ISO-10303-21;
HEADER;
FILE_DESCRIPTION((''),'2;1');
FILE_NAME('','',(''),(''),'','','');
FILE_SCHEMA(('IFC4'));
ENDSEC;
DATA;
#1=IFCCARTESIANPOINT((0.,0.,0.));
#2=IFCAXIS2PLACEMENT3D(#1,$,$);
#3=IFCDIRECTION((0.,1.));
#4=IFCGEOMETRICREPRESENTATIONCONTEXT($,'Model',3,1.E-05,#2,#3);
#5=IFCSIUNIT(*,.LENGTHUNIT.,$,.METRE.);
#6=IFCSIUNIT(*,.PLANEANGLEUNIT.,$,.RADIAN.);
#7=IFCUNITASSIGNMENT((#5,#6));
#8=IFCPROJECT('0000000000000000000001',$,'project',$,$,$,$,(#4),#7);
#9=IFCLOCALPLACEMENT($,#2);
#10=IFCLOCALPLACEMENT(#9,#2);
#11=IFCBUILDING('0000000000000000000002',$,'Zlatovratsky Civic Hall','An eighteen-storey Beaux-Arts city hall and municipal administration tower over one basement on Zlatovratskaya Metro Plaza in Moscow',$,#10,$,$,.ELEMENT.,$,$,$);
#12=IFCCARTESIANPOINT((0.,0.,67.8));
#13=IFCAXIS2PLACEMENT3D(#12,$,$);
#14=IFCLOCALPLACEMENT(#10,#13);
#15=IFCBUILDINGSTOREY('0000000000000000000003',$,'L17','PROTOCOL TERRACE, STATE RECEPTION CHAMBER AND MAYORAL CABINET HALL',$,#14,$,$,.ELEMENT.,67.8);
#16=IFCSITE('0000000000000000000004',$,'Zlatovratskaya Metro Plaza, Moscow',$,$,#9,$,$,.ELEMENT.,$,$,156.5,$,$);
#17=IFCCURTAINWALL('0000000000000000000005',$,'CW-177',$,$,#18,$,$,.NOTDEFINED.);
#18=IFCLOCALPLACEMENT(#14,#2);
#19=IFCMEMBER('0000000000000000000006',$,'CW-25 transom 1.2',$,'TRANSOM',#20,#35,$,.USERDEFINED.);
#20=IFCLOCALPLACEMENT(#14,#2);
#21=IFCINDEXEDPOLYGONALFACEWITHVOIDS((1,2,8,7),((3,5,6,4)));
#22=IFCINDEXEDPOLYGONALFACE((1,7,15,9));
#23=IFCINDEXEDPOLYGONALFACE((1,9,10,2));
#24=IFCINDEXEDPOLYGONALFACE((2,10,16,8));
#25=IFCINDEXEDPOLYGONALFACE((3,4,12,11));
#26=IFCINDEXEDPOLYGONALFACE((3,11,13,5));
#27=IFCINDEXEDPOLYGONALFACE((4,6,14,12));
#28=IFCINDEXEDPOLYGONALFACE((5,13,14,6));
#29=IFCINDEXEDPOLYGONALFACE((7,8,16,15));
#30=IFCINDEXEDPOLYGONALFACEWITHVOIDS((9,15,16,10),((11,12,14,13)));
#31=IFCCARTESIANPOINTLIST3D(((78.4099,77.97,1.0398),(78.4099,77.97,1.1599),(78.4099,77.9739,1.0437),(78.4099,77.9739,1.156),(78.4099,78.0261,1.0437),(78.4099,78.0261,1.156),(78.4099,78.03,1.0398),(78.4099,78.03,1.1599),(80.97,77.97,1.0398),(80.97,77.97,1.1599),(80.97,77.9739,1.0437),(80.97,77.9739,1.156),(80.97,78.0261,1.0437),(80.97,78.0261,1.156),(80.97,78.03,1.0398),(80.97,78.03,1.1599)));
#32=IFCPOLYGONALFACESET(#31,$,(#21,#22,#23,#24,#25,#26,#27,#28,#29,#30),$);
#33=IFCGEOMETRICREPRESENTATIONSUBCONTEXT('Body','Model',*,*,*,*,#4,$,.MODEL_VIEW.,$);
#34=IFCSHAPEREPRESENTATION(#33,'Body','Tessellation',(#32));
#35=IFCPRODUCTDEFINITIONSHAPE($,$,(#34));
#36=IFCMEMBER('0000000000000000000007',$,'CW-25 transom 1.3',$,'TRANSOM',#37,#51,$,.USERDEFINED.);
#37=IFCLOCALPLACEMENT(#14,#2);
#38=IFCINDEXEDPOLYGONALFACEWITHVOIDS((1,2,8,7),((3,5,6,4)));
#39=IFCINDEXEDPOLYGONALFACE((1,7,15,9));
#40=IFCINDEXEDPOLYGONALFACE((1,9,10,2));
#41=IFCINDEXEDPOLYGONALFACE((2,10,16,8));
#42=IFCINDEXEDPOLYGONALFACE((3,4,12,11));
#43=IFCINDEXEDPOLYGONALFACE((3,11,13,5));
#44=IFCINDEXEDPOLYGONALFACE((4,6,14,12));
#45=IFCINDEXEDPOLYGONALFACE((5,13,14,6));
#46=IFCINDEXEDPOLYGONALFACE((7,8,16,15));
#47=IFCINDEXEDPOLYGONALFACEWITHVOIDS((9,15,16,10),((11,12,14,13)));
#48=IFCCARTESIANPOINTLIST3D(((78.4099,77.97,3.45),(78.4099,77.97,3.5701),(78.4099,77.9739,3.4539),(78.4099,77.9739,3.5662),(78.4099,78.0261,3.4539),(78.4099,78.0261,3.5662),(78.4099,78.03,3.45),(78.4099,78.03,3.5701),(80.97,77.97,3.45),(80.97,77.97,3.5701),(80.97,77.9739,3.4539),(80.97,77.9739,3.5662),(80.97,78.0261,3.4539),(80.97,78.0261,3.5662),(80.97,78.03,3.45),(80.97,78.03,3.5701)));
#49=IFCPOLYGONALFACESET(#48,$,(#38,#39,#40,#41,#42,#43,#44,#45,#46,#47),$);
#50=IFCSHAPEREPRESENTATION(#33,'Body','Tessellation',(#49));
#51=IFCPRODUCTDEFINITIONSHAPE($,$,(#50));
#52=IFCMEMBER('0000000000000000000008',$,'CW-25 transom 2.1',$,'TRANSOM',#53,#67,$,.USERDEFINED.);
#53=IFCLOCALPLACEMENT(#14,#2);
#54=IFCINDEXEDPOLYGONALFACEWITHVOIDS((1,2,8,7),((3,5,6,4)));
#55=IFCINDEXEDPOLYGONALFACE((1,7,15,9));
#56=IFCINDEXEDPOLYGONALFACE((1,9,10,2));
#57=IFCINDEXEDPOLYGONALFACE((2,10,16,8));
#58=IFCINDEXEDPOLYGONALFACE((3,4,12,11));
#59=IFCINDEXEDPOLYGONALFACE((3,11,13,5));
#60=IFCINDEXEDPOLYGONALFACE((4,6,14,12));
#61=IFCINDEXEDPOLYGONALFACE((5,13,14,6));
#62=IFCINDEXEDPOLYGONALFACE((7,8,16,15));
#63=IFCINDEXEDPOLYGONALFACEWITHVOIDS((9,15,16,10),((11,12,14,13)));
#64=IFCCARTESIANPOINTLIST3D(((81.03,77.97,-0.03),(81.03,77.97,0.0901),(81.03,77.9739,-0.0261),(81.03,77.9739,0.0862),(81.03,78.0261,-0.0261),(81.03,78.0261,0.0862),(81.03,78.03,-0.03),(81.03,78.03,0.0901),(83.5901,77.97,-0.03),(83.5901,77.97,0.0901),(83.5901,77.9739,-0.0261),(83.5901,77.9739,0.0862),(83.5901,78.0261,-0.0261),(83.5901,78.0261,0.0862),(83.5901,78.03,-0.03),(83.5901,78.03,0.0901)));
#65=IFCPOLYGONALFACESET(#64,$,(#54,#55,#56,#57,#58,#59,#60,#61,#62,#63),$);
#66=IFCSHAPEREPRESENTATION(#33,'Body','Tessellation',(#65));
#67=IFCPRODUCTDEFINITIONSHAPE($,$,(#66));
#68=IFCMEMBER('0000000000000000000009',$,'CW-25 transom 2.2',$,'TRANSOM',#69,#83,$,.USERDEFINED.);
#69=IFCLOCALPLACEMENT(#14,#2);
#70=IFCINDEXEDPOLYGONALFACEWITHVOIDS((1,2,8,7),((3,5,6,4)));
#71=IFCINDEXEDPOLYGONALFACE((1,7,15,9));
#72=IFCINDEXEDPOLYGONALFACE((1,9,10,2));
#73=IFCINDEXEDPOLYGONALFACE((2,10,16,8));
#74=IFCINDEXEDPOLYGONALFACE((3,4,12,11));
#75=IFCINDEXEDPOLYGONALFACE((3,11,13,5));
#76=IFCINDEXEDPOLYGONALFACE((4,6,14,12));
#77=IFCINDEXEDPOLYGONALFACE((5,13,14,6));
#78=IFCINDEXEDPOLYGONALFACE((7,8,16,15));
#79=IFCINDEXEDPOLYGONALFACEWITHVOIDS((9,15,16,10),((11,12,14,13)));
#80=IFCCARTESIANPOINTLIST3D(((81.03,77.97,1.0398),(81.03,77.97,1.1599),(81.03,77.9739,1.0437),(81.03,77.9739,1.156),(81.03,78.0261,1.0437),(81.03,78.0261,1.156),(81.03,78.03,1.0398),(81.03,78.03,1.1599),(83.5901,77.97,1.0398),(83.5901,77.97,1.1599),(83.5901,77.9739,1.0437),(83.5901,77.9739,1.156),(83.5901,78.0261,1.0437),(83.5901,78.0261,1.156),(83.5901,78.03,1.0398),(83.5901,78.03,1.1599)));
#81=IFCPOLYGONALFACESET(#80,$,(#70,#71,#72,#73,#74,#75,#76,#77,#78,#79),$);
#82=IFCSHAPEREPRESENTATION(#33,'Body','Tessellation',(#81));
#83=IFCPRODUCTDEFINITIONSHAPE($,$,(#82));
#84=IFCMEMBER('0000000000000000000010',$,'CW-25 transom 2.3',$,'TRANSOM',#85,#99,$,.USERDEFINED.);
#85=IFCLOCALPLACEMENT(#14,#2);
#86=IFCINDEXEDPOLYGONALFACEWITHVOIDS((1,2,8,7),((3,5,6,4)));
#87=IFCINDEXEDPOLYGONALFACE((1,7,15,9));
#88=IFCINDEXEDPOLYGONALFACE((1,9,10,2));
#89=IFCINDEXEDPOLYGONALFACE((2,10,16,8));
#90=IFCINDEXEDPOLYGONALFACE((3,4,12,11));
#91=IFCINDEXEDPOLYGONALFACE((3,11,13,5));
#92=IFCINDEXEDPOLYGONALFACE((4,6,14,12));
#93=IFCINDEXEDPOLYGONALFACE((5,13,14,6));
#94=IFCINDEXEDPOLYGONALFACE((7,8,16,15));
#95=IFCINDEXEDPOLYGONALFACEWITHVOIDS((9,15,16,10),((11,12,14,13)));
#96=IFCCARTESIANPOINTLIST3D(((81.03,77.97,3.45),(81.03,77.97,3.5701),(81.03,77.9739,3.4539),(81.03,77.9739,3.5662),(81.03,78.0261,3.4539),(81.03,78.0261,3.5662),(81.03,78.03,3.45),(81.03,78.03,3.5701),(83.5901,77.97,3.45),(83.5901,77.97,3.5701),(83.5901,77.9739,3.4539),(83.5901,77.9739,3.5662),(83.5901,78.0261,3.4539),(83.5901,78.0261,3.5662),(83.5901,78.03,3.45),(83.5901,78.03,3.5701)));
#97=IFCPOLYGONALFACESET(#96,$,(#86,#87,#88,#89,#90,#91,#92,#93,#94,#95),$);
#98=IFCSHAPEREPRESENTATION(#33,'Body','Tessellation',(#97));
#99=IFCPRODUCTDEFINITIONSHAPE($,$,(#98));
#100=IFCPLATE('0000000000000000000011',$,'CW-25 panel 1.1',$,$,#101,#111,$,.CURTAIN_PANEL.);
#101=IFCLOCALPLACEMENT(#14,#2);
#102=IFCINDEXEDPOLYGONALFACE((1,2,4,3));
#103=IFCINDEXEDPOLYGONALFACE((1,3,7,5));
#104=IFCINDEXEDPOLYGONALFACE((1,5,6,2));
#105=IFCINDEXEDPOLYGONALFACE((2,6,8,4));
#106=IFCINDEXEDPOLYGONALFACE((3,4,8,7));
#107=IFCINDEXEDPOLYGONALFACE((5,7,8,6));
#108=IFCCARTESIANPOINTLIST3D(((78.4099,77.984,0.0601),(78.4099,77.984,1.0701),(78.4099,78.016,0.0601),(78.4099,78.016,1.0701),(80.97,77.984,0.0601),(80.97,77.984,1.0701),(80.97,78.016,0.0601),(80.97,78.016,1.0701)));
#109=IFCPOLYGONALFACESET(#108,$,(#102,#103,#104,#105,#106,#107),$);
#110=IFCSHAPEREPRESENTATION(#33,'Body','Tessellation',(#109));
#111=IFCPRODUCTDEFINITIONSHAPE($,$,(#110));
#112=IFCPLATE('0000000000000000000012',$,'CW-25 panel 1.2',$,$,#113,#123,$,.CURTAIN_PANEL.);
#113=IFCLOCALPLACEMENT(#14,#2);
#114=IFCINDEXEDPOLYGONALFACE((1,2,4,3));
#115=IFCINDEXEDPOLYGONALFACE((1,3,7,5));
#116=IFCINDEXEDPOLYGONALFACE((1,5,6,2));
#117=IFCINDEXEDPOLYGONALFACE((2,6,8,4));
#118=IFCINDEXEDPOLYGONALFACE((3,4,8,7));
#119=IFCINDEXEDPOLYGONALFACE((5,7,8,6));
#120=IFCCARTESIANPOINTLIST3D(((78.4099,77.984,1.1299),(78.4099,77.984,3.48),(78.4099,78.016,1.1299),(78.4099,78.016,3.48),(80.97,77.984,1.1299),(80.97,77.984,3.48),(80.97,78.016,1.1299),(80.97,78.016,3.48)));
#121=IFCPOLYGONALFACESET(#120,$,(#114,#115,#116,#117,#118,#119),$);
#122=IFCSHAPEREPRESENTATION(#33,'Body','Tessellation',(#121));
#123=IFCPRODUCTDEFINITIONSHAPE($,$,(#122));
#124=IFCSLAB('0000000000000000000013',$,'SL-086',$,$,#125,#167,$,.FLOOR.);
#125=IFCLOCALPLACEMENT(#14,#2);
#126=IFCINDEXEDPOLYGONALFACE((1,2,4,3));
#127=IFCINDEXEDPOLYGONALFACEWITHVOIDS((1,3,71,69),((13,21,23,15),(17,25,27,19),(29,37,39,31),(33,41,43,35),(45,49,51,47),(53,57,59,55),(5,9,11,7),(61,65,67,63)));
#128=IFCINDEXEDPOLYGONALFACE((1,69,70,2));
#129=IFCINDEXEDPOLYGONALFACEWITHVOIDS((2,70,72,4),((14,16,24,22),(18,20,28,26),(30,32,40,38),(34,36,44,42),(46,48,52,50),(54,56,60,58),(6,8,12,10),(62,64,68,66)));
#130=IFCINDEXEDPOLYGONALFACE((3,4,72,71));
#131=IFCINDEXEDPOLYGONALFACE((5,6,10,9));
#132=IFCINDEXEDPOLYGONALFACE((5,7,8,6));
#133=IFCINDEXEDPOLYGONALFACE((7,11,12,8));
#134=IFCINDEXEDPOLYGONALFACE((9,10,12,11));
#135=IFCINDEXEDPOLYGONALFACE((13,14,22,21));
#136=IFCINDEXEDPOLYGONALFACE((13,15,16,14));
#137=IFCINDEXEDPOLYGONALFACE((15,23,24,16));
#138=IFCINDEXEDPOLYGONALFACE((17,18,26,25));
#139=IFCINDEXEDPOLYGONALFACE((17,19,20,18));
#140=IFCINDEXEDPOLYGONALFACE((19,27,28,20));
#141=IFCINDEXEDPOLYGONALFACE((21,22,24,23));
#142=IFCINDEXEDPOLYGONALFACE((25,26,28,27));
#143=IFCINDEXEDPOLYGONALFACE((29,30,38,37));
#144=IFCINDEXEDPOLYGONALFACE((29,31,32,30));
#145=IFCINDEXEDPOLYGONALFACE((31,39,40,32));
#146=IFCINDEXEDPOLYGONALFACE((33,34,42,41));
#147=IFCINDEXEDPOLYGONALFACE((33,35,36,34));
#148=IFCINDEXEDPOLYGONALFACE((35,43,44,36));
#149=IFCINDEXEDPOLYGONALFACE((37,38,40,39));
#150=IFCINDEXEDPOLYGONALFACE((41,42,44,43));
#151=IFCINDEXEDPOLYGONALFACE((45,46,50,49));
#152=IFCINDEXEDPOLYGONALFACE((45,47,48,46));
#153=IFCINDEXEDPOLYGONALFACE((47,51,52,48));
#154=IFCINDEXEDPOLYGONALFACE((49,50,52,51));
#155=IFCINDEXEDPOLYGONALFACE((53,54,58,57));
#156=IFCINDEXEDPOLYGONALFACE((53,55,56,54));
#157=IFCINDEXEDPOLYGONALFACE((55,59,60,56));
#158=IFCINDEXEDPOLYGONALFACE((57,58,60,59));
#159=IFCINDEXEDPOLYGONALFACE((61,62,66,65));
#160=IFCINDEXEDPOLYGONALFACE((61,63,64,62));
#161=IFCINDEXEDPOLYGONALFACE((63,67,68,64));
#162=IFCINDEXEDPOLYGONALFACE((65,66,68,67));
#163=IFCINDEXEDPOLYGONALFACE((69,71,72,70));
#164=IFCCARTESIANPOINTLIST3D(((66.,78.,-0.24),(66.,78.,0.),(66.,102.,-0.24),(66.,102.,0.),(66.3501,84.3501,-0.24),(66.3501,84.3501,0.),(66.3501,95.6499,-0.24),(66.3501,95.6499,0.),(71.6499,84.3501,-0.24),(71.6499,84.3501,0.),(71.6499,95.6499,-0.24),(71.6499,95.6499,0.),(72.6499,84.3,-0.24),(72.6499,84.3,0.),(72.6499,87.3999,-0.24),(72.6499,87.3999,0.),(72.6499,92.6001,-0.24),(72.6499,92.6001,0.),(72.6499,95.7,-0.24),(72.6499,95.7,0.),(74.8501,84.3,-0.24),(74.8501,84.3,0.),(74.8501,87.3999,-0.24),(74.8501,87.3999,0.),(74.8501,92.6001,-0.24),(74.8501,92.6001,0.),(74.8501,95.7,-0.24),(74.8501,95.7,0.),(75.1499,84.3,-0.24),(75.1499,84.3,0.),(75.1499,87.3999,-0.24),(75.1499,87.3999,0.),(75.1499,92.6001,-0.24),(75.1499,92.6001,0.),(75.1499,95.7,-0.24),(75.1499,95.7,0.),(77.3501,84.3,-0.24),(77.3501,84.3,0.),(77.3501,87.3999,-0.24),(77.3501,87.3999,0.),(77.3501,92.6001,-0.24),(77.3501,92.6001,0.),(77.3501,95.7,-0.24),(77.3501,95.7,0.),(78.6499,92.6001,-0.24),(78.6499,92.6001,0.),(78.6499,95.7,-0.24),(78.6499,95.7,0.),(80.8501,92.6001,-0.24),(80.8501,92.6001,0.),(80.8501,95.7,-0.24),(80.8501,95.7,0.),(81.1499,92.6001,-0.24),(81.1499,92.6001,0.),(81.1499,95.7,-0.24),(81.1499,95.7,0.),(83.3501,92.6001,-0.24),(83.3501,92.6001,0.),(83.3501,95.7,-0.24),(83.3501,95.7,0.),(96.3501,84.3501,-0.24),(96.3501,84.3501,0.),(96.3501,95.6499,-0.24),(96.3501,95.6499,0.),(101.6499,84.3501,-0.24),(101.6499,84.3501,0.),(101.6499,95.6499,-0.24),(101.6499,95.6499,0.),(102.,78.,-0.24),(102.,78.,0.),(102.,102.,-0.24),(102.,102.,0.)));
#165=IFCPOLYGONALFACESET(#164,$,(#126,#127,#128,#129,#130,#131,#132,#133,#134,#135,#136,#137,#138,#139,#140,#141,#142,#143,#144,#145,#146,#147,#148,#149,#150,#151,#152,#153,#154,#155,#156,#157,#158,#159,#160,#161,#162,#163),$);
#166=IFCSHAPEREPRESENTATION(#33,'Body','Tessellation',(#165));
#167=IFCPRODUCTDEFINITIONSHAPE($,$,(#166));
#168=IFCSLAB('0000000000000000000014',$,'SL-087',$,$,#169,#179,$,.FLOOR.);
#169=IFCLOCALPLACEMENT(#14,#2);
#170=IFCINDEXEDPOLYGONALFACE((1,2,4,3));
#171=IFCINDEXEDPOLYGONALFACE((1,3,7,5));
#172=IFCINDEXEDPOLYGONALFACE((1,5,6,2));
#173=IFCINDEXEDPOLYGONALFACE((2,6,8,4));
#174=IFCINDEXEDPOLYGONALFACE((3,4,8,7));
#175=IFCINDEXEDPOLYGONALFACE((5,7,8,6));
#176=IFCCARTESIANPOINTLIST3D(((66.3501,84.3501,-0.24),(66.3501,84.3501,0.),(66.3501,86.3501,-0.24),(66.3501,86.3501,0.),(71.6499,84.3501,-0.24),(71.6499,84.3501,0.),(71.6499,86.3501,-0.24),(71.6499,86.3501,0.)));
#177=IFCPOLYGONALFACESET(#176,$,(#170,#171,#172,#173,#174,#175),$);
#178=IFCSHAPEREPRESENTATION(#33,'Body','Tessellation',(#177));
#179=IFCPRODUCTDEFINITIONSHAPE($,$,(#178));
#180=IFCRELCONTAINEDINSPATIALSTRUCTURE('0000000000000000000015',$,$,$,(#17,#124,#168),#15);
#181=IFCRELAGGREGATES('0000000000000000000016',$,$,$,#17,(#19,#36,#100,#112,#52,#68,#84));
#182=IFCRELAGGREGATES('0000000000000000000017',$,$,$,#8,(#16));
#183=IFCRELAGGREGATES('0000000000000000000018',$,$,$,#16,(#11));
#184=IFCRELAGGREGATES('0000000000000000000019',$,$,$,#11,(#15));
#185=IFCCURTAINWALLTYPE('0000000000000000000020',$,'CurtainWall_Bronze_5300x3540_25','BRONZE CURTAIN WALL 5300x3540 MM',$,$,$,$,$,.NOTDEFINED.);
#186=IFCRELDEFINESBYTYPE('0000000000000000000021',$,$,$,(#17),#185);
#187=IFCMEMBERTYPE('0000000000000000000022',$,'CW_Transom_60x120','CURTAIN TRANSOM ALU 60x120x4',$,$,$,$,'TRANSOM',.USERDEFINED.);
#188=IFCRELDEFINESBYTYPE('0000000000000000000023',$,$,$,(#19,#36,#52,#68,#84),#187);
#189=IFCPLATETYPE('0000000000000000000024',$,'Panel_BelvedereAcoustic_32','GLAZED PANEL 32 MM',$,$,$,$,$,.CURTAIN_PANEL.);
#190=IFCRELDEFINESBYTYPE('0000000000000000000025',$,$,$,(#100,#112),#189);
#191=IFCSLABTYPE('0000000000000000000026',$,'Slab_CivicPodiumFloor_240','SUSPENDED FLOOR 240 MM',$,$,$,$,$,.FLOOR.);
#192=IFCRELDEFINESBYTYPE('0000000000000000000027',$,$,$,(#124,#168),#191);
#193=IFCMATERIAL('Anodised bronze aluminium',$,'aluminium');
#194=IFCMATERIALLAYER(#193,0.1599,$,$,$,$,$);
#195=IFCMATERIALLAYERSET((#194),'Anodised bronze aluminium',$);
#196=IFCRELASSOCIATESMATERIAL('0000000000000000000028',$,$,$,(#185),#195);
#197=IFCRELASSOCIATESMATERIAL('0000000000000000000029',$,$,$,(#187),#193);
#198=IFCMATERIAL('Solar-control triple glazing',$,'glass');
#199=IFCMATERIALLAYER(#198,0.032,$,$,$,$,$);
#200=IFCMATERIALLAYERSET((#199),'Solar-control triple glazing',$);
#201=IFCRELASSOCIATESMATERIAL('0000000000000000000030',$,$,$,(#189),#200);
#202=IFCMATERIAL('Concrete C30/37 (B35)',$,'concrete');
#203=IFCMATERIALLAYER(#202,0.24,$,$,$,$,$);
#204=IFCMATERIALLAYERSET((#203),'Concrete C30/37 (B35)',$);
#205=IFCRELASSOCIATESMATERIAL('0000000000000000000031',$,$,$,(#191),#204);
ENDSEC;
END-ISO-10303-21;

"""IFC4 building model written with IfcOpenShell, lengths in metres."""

from ifc_helpers import new_model, si_unit, direction, frame, origin, origin_2d, place, context, subcontext, project, spatial, polyline, rectangle, hollow_rectangle, outline, extrude, material, layer, layer_set, material_profile, profile_set, type_object, element, aggregate, save


model = new_model("IFC4")

# Units and contexts
model_context = context("Model", 3, precision=1e-05, world=origin(), true_north=direction((0.0, 1.0)))
body_context = subcontext(model_context, "Body", "Model", "MODEL_VIEW")
ifc_project = project(units=[si_unit("LENGTHUNIT", "METRE"), si_unit("PLANEANGLEUNIT", "RADIAN")], contexts=[model_context])

# Site, building, storey
site_placement = place(None, origin())
site = spatial("IfcSite", under=ifc_project, at=site_placement, Name="Zlatovratskaya Metro Plaza, Moscow", CompositionType="ELEMENT", RefElevation=156.5)
building_placement = place(site_placement, origin())
building = spatial("IfcBuilding", under=site, at=building_placement, Name="Zlatovratsky Civic Hall", Description="An eighteen-storey Beaux-Arts city hall and municipal administration tower over one basement on Zlatovratskaya Metro Plaza in Moscow", CompositionType="ELEMENT")
storey_placement = place(building_placement, frame((0.0, 0.0, 67.8)))
storey = spatial("IfcBuildingStorey", under=building, at=storey_placement, Name="L17", Description="PROTOCOL TERRACE, STATE RECEPTION CHAMBER AND MAYORAL CABINET HALL", CompositionType="ELEMENT", Elevation=67.8)

# Curtain wall, members, plates
ifc_material_1 = material(Name="Anodised bronze aluminium", Category="aluminium")
ifc_layer_1 = layer(ifc_material_1, 0.1599)
ifc_layer_set_1 = layer_set([ifc_layer_1], Name="Anodised bronze aluminium")
curtain_wall_type = type_object("IfcCurtainWallType", Name="CurtainWall_Bronze_5300x3540_25", Description="BRONZE CURTAIN WALL 5300x3540 MM", PredefinedType="NOTDEFINED", material=ifc_layer_set_1)
curtain_wall_placement = place(storey_placement, origin())
curtain_wall = element("IfcCurtainWall", 1, at=curtain_wall_placement, inside=storey, type_object=curtain_wall_type, Name="CW-177", PredefinedType="NOTDEFINED")
ifc_material_profile_1 = material_profile(ifc_material_1, hollow_rectangle(XDim=0.0601, YDim=0.1201, WallThickness=0.0039, at=origin_2d()), Name="ALU 60x120x4")
ifc_profile_set_1 = profile_set([ifc_material_profile_1], Name="Anodised bronze aluminium")
member_type_1 = type_object("IfcMemberType", Name="CW_Transom_60x120", Description="CURTAIN TRANSOM ALU 60x120x4", ElementType="TRANSOM", PredefinedType="USERDEFINED", material=ifc_profile_set_1)
member_1_placement = place(storey_placement, frame((78.4099, 78.0, 1.0999), z_axis=(1.0, 0.0, 0.0), x_axis=(0.0, 1.0, 0.0)))
member_1 = element("IfcMember", 2, at=member_1_placement, type_object=member_type_1, Name="CW-25 transom 1.2", ObjectType="TRANSOM", PredefinedType="USERDEFINED", context=body_context, shape_type="SweptSolid", body=[
    extrude(hollow_rectangle(XDim=0.0601, YDim=0.1201, WallThickness=0.0039, at=origin_2d()), origin(), (0.0, 0.0, 1.0), 2.5601),
])
member_2_placement = place(storey_placement, frame((78.4099, 78.0, 3.51), z_axis=(1.0, 0.0, 0.0), x_axis=(0.0, 1.0, 0.0)))
member_2 = element("IfcMember", 3, at=member_2_placement, type_object=member_type_1, Name="CW-25 transom 1.3", ObjectType="TRANSOM", PredefinedType="USERDEFINED", context=body_context, shape_type="SweptSolid", body=[
    extrude(hollow_rectangle(XDim=0.0601, YDim=0.1201, WallThickness=0.0039, at=origin_2d()), origin(), (0.0, 0.0, 1.0), 2.5601),
])
member_3_placement = place(storey_placement, frame((81.03, 78.0, 0.03), z_axis=(1.0, 0.0, 0.0), x_axis=(0.0, 1.0, 0.0)))
member_3 = element("IfcMember", 4, at=member_3_placement, type_object=member_type_1, Name="CW-25 transom 2.1", ObjectType="TRANSOM", PredefinedType="USERDEFINED", context=body_context, shape_type="SweptSolid", body=[
    extrude(hollow_rectangle(XDim=0.0601, YDim=0.1201, WallThickness=0.0039, at=origin_2d()), origin(), (0.0, 0.0, 1.0), 2.5601),
])
member_4_placement = place(storey_placement, frame((81.03, 78.0, 1.0999), z_axis=(1.0, 0.0, 0.0), x_axis=(0.0, 1.0, 0.0)))
member_4 = element("IfcMember", 5, at=member_4_placement, type_object=member_type_1, Name="CW-25 transom 2.2", ObjectType="TRANSOM", PredefinedType="USERDEFINED", context=body_context, shape_type="SweptSolid", body=[
    extrude(hollow_rectangle(XDim=0.0601, YDim=0.1201, WallThickness=0.0039, at=origin_2d()), origin(), (0.0, 0.0, 1.0), 2.5601),
])
member_5_placement = place(storey_placement, frame((81.03, 78.0, 3.51), z_axis=(1.0, 0.0, 0.0), x_axis=(0.0, 1.0, 0.0)))
member_5 = element("IfcMember", 6, at=member_5_placement, type_object=member_type_1, Name="CW-25 transom 2.3", ObjectType="TRANSOM", PredefinedType="USERDEFINED", context=body_context, shape_type="SweptSolid", body=[
    extrude(hollow_rectangle(XDim=0.0601, YDim=0.1201, WallThickness=0.0039, at=origin_2d()), origin(), (0.0, 0.0, 1.0), 2.5601),
])
ifc_material_2 = material(Name="Solar-control triple glazing", Category="glass")
ifc_layer_2 = layer(ifc_material_2, 0.032)
ifc_layer_set_2 = layer_set([ifc_layer_2], Name="Solar-control triple glazing")
plate_type = type_object("IfcPlateType", Name="Panel_BelvedereAcoustic_32", Description="GLAZED PANEL 32 MM", PredefinedType="CURTAIN_PANEL", material=ifc_layer_set_2)
plate_1_placement = place(storey_placement, frame((79.6899, 78.0, 0.0601), z_axis=(0.0, 0.0, 1.0), x_axis=(1.0, 0.0, 0.0)))
plate_1 = element("IfcPlate", 7, at=plate_1_placement, type_object=plate_type, Name="CW-25 panel 1.1", PredefinedType="CURTAIN_PANEL", context=body_context, shape_type="SweptSolid", body=[
    extrude(rectangle(XDim=2.5601, YDim=0.032, at=origin_2d()), origin(), (0.0, 0.0, 1.0), 1.01),
])
plate_2_placement = place(storey_placement, frame((79.6899, 78.0, 1.1299), z_axis=(0.0, 0.0, 1.0), x_axis=(1.0, 0.0, 0.0)))
plate_2 = element("IfcPlate", 8, at=plate_2_placement, type_object=plate_type, Name="CW-25 panel 1.2", PredefinedType="CURTAIN_PANEL", context=body_context, shape_type="SweptSolid", body=[
    extrude(rectangle(XDim=2.5601, YDim=0.032, at=origin_2d()), origin(), (0.0, 0.0, 1.0), 2.3501),
])
aggregate(curtain_wall, [member_1, member_2, plate_1, plate_2, member_3, member_4, member_5])

# Slabs
ifc_material_3 = material(Name="Concrete C30/37 (B35)", Category="concrete")
ifc_layer_3 = layer(ifc_material_3, 0.24)
ifc_layer_set_3 = layer_set([ifc_layer_3], Name="Concrete C30/37 (B35)")
slab_type_1 = type_object("IfcSlabType", Name="Slab_CivicPodiumFloor_240", Description="SUSPENDED FLOOR 240 MM", PredefinedType="FLOOR", material=ifc_layer_set_3)
slab_1_placement = place(storey_placement, frame((0.0, 0.0, -0.24)))
element("IfcSlab", 9, at=slab_1_placement, inside=storey, type_object=slab_type_1, Name="SL-086", PredefinedType="FLOOR", context=body_context, shape_type="SweptSolid", body=[
    extrude(outline(polyline([(66.0, 78.0), (102.0, 78.0), (102.0, 102.0), (66.0, 102.0), (66.0, 78.0)]), holes=[polyline([(66.3501, 84.3501), (71.6499, 84.3501), (71.6499, 95.6499), (66.3501, 95.6499), (66.3501, 84.3501)]), polyline([(96.3501, 84.3501), (101.6499, 84.3501), (101.6499, 95.6499), (96.3501, 95.6499), (96.3501, 84.3501)]), polyline([(72.6499, 84.3), (74.8501, 84.3), (74.8501, 87.3999), (72.6499, 87.3999), (72.6499, 84.3)]), polyline([(75.1499, 84.3), (77.3501, 84.3), (77.3501, 87.3999), (75.1499, 87.3999), (75.1499, 84.3)]), polyline([(72.6499, 92.6001), (74.8501, 92.6001), (74.8501, 95.7), (72.6499, 95.7), (72.6499, 92.6001)]), polyline([(75.1499, 92.6001), (77.3501, 92.6001), (77.3501, 95.7), (75.1499, 95.7), (75.1499, 92.6001)]), polyline([(78.6499, 92.6001), (80.8501, 92.6001), (80.8501, 95.7), (78.6499, 95.7), (78.6499, 92.6001)]), polyline([(81.1499, 92.6001), (83.3501, 92.6001), (83.3501, 95.7), (81.1499, 95.7), (81.1499, 92.6001)])]), origin(), (0.0, 0.0, 1.0), 0.24),
])
slab_2_placement = place(storey_placement, frame((0.0, 0.0, -0.24)))
element("IfcSlab", 10, at=slab_2_placement, inside=storey, type_object=slab_type_1, Name="SL-087", PredefinedType="FLOOR", context=body_context, shape_type="SweptSolid", body=[
    extrude(outline(polyline([(66.3501, 84.3501), (71.6499, 84.3501), (71.6499, 86.3501), (66.3501, 86.3501), (66.3501, 84.3501)])), origin(), (0.0, 0.0, 1.0), 0.24),
])

save(model, "model.ifc")
